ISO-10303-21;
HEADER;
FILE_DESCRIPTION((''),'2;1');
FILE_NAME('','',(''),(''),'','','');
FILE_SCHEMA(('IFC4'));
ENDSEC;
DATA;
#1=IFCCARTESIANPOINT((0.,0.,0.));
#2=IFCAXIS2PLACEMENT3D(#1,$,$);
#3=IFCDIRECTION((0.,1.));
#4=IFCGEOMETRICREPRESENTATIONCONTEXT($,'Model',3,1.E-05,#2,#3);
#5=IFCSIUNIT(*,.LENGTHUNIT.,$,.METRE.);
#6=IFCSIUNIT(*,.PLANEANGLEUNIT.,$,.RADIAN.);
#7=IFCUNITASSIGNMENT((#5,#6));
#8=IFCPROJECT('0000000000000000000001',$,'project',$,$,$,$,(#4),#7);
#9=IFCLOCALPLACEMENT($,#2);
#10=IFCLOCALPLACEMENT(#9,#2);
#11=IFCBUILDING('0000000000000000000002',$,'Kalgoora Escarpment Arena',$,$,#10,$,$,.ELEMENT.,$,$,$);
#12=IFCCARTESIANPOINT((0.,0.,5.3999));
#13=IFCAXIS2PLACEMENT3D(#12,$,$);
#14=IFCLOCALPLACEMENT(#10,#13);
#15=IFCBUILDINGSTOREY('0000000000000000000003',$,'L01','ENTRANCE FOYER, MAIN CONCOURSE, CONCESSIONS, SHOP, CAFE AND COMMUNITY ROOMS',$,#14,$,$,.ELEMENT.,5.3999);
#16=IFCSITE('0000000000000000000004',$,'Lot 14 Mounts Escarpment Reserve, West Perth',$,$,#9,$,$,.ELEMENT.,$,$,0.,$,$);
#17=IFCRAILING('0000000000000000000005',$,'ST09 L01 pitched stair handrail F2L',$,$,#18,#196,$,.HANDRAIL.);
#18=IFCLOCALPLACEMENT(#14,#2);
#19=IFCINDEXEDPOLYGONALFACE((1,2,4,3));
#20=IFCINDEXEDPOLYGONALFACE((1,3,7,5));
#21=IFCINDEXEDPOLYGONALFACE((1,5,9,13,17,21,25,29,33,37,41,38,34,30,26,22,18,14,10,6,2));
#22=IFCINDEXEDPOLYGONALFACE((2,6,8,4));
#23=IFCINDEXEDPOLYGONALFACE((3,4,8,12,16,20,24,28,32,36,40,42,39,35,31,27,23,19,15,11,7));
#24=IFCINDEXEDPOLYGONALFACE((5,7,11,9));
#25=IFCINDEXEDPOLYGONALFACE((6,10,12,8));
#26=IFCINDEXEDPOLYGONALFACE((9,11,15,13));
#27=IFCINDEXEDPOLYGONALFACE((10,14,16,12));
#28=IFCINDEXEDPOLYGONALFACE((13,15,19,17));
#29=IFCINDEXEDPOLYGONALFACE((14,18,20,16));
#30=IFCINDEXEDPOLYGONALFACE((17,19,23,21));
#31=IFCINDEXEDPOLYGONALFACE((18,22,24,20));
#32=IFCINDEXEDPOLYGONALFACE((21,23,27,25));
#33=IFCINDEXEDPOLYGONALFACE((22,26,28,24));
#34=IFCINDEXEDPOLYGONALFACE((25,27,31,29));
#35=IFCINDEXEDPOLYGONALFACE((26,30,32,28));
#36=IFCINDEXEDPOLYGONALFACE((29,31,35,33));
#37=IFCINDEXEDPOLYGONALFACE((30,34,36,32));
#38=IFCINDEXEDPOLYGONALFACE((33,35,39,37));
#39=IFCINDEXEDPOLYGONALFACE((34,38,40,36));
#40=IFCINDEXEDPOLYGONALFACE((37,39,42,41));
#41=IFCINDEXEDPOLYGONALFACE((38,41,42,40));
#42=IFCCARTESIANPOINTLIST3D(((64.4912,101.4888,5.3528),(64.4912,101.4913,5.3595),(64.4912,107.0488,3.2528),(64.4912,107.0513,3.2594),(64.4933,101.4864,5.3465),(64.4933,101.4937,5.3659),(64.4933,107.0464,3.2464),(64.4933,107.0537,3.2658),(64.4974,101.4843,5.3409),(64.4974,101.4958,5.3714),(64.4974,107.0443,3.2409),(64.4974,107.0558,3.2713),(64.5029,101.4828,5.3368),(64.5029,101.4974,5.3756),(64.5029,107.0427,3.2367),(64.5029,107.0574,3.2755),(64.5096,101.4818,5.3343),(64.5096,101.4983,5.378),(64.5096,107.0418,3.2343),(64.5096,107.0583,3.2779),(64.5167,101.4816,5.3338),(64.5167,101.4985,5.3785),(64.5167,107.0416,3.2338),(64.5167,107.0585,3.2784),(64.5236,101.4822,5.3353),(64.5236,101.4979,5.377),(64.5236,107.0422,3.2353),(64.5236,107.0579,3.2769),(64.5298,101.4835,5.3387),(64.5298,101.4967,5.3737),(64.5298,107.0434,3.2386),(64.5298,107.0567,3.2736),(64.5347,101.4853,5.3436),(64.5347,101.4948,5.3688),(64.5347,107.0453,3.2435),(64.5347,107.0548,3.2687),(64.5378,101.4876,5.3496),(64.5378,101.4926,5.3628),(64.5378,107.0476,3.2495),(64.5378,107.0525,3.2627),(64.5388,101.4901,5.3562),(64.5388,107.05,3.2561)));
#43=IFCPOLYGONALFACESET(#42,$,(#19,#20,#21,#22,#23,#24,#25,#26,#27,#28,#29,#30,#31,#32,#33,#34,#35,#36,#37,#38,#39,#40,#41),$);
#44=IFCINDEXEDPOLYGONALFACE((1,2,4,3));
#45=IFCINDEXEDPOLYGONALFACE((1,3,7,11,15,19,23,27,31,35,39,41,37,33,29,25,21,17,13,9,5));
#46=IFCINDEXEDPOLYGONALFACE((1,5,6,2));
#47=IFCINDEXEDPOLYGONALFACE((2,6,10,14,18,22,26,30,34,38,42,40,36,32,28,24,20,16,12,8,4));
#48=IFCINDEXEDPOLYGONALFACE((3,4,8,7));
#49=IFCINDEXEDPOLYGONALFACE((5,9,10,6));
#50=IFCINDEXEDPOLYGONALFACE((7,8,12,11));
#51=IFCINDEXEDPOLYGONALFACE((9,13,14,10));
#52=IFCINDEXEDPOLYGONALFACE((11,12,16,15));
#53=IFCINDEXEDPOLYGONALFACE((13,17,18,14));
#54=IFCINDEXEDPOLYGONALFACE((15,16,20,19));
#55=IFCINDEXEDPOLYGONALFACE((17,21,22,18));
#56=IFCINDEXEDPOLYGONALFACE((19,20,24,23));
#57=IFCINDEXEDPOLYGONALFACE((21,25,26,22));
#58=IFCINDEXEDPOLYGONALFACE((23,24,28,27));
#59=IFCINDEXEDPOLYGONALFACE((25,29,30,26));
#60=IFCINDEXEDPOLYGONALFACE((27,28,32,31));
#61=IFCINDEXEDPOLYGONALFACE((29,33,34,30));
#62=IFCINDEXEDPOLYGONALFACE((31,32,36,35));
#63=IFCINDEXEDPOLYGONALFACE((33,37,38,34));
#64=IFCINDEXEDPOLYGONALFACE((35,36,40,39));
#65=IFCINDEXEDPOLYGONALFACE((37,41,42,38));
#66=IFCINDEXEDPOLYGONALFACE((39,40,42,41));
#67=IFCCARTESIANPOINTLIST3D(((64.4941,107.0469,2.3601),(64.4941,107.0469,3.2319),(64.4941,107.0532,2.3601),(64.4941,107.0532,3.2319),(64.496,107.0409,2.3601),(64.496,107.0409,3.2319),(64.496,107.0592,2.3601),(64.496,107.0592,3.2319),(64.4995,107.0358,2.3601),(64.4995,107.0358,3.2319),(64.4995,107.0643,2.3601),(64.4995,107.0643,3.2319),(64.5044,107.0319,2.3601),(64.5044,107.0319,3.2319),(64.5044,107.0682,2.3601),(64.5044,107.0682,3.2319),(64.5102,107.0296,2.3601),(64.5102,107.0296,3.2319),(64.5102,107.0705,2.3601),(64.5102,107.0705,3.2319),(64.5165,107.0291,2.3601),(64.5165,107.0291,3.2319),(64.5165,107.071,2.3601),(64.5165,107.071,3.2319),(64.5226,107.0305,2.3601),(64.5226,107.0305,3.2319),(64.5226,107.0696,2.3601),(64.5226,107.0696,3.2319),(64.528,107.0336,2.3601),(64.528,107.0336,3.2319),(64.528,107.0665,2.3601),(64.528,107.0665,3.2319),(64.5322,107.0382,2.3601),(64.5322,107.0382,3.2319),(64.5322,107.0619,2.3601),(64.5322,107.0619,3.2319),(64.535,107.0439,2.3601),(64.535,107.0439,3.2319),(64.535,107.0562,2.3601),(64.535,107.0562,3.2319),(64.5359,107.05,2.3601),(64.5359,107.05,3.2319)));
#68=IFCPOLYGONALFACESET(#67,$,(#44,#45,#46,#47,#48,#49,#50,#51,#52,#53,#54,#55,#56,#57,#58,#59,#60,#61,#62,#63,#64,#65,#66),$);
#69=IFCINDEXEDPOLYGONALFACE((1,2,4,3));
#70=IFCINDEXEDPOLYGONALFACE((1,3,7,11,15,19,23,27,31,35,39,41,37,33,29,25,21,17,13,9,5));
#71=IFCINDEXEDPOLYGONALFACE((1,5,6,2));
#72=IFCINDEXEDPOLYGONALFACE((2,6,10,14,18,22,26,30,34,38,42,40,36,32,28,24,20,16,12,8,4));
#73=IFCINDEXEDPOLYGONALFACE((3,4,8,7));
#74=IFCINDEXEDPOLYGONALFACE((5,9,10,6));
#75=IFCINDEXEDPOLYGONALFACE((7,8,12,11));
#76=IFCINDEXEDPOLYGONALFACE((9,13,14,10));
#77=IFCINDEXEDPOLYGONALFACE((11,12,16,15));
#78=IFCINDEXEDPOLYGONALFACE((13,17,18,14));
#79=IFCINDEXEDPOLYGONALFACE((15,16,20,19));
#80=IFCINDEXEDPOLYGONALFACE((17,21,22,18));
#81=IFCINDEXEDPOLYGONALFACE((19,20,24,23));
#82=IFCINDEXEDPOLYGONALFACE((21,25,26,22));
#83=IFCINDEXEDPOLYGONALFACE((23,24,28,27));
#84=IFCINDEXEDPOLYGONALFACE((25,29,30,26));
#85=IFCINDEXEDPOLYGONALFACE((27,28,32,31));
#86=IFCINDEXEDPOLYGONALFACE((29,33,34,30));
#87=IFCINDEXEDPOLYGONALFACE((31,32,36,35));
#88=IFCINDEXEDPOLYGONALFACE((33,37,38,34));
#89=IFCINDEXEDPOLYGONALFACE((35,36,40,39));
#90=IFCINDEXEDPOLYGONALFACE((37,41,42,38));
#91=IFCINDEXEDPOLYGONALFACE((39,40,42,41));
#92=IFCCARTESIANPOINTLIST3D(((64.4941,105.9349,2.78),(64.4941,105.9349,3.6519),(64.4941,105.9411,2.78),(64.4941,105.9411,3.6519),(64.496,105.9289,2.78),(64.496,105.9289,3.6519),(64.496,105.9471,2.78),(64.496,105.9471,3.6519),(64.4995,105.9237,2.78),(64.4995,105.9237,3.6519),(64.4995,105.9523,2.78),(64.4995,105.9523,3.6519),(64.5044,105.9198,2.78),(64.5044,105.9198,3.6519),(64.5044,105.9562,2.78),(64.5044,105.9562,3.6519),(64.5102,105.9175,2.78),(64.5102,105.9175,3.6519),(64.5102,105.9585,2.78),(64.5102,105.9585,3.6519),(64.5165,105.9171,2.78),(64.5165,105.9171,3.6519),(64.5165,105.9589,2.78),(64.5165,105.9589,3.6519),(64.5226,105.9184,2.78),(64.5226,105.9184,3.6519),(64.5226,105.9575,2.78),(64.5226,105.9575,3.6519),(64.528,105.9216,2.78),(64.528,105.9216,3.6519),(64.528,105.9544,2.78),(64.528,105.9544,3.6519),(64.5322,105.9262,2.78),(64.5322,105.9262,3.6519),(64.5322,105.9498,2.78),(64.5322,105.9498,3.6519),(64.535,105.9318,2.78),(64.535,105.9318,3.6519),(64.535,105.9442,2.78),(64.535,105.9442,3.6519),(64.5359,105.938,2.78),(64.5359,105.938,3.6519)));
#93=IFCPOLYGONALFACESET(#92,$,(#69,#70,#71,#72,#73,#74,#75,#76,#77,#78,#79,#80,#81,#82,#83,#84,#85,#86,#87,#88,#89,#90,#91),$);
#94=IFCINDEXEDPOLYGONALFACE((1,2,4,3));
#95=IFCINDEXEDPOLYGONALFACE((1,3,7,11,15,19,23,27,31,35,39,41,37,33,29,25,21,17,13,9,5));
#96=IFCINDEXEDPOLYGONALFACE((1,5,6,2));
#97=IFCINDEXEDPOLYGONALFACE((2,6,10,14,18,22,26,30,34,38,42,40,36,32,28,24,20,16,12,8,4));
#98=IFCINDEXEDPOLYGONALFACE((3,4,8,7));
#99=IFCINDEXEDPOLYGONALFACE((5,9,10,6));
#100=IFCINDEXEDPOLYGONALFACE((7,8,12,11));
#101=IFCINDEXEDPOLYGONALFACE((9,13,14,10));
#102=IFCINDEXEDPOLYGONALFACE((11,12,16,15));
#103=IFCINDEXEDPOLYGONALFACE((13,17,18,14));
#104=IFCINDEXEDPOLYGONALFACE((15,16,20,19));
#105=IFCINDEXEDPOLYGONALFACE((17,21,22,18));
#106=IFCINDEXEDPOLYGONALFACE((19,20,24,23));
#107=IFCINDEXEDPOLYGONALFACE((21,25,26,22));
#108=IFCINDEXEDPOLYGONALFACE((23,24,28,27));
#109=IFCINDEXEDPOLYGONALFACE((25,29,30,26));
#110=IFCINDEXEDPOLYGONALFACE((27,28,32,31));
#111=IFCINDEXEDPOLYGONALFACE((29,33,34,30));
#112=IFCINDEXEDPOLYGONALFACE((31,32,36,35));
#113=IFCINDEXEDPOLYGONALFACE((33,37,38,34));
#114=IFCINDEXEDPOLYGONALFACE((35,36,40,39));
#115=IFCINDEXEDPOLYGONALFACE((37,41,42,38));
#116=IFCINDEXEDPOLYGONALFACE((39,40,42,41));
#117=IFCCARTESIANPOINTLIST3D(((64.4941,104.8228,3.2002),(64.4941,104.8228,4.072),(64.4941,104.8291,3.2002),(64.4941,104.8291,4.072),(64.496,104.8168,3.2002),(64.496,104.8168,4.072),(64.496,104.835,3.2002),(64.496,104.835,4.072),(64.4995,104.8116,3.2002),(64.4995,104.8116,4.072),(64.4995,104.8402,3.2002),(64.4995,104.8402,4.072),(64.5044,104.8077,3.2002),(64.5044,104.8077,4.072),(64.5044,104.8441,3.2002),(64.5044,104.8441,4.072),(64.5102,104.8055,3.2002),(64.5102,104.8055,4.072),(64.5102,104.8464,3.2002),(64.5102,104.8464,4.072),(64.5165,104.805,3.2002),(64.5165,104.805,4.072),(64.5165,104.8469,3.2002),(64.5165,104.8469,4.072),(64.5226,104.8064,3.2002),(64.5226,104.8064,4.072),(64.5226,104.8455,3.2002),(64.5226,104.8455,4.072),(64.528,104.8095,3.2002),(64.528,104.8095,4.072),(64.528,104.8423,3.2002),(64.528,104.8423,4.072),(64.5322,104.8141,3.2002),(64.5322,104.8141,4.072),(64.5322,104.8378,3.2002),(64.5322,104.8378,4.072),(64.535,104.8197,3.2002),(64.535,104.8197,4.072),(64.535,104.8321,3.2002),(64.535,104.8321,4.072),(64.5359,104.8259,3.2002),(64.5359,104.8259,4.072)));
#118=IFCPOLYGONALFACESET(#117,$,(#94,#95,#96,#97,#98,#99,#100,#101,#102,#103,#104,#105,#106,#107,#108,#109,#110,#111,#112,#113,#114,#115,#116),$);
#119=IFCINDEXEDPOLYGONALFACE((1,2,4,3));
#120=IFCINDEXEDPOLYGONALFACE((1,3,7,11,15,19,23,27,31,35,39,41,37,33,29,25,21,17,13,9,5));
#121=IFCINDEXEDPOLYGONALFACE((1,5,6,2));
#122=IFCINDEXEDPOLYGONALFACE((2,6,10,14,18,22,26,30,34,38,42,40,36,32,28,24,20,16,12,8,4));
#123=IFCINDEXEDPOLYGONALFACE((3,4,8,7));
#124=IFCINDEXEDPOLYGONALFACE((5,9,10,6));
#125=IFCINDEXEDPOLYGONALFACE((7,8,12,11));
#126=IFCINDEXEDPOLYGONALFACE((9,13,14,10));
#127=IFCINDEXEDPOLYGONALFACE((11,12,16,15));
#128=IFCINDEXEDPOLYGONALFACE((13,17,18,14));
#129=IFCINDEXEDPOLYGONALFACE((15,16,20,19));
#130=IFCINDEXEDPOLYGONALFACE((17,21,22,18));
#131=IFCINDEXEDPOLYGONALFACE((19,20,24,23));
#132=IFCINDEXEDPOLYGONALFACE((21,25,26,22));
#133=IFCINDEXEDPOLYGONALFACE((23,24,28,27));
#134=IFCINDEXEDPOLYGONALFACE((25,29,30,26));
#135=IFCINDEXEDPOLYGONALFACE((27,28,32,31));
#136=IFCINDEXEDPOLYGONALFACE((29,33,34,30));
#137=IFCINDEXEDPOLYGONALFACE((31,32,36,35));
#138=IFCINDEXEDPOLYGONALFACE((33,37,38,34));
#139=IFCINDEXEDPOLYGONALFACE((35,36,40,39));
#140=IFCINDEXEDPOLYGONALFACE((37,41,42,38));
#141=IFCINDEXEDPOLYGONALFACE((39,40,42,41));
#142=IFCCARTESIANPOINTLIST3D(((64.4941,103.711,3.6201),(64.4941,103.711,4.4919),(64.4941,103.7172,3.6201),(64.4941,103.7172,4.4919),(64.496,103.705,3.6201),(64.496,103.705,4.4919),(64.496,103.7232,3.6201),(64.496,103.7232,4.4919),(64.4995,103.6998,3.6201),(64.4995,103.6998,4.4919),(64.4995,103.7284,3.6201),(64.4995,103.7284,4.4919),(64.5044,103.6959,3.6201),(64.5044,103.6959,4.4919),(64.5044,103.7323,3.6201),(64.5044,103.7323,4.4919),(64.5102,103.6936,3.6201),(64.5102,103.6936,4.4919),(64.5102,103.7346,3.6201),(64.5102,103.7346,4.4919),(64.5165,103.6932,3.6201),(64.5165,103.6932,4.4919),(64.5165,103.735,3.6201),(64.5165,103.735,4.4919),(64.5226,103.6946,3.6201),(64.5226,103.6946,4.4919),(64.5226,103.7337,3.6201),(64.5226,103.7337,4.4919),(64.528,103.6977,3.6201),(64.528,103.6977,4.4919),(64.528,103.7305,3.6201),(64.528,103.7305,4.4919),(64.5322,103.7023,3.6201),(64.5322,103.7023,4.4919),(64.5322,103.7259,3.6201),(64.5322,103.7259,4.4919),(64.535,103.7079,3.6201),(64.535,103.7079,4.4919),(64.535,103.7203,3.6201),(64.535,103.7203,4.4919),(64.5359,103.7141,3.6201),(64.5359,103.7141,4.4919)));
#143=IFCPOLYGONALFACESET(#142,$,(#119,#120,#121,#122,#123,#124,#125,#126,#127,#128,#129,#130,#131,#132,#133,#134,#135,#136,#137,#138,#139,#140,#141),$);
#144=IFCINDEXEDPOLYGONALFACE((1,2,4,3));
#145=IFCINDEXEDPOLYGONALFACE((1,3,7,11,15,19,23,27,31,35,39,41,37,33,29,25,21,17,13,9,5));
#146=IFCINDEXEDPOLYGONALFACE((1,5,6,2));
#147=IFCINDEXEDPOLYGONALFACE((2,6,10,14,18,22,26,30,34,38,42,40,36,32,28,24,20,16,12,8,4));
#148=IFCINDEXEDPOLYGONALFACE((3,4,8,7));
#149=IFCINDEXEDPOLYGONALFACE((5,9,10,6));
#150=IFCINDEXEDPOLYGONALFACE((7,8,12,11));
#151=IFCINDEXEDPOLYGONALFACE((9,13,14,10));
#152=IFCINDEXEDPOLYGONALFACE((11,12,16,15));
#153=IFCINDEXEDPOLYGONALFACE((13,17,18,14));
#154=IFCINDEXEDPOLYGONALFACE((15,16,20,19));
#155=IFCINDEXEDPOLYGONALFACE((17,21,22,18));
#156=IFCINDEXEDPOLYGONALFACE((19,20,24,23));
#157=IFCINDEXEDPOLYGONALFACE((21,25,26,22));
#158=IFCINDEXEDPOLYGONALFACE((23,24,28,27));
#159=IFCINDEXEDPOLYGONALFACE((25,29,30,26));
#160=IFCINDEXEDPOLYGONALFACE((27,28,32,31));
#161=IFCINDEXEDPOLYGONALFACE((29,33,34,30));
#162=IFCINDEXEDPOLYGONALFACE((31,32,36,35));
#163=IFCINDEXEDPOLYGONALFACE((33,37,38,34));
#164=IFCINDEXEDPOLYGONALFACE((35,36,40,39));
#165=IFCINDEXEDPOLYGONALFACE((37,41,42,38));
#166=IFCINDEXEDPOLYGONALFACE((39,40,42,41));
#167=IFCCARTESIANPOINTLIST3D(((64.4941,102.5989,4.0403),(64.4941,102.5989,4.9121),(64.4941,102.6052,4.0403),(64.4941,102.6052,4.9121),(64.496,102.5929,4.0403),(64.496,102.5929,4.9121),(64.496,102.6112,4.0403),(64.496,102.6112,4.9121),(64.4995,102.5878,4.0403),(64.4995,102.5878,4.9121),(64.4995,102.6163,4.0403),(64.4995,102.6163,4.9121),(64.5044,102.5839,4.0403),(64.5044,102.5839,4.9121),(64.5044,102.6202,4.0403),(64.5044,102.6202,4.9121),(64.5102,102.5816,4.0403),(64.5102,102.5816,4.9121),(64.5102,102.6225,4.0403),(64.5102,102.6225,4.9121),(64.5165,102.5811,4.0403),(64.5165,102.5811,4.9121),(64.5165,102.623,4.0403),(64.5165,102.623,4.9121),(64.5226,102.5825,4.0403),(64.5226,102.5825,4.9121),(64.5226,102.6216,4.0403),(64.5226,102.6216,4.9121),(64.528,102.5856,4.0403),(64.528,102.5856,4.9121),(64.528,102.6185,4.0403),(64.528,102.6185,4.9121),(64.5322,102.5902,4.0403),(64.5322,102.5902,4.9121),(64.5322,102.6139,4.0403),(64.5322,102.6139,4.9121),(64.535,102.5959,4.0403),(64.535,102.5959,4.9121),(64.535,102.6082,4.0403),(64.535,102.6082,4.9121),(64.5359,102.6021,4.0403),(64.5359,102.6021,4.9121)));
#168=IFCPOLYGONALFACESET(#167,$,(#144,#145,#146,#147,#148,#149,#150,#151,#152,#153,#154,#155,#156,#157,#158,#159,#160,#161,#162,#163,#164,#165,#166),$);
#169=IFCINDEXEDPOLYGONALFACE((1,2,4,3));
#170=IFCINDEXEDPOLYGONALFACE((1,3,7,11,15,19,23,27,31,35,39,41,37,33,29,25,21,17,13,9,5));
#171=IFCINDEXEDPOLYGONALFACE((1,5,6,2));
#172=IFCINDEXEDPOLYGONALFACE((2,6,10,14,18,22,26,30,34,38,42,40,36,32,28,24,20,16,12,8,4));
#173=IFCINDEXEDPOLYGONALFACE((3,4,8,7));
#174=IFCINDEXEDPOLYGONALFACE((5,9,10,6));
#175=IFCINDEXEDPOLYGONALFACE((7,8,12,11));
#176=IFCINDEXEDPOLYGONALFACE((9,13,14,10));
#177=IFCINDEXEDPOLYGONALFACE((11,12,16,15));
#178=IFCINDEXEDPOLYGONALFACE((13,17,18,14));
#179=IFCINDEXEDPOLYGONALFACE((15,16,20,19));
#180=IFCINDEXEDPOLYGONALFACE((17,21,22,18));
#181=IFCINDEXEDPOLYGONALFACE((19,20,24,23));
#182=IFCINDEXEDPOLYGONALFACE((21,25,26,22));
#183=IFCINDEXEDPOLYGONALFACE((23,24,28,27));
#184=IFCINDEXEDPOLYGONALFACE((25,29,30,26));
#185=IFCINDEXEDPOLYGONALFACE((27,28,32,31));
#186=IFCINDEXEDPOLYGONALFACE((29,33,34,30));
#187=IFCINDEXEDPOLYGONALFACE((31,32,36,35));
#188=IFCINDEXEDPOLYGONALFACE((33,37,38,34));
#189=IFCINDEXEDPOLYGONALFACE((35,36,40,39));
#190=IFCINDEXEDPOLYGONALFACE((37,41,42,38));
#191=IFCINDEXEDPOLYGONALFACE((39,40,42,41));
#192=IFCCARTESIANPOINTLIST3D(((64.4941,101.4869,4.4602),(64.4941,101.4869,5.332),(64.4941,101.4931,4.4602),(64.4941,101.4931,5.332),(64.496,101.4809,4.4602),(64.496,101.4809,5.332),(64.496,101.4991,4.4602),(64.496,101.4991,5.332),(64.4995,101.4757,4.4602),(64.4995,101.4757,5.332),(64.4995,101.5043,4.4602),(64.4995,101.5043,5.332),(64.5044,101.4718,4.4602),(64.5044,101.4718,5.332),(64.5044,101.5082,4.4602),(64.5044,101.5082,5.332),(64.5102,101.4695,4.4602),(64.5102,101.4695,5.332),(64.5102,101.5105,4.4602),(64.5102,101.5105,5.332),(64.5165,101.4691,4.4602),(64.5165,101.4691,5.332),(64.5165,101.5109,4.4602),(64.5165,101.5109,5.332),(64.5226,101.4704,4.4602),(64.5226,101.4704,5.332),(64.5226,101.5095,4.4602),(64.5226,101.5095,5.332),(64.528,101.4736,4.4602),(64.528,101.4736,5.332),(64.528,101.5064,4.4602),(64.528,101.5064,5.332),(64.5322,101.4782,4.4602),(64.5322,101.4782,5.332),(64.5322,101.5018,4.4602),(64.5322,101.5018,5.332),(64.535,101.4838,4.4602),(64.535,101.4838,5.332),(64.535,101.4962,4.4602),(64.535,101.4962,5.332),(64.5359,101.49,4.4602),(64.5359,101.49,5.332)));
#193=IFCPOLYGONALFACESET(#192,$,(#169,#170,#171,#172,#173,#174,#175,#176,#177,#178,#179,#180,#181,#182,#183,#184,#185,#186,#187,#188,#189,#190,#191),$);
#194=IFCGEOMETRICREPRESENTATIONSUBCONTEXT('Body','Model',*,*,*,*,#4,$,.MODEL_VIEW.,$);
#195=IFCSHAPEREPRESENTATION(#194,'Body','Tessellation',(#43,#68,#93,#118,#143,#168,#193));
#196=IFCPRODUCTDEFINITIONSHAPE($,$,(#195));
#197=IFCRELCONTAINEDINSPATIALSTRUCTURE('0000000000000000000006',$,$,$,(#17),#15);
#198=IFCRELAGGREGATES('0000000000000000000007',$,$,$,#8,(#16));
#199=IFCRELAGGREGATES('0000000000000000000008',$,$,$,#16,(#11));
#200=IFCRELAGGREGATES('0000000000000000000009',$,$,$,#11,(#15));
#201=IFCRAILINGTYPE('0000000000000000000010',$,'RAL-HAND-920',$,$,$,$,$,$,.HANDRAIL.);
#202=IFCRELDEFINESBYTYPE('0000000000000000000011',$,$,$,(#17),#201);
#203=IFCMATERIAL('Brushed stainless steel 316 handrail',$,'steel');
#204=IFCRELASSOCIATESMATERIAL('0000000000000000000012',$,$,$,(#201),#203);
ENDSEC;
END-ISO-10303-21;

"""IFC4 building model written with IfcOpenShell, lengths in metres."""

from ifc_helpers import new_model, si_unit, direction, frame, origin, origin_2d, place, context, subcontext, project, spatial, circle, extrude, material, type_object, element, save


model = new_model("IFC4")

# Units and contexts
model_context = context("Model", 3, precision=1e-05, world=origin(), true_north=direction((0.0, 1.0)))
body_context = subcontext(model_context, "Body", "Model", "MODEL_VIEW")
ifc_project = project(units=[si_unit("LENGTHUNIT", "METRE"), si_unit("PLANEANGLEUNIT", "RADIAN")], contexts=[model_context])

# Site, building, storey
site_placement = place(None, origin())
site = spatial("IfcSite", under=ifc_project, at=site_placement, Name="Lot 14 Mounts Escarpment Reserve, West Perth", CompositionType="ELEMENT", RefElevation=0.0)
building_placement = place(site_placement, origin())
building = spatial("IfcBuilding", under=site, at=building_placement, Name="Kalgoora Escarpment Arena", CompositionType="ELEMENT")
storey_placement = place(building_placement, frame((0.0, 0.0, 5.3999)))
storey = spatial("IfcBuildingStorey", under=building, at=storey_placement, Name="L01", Description="ENTRANCE FOYER, MAIN CONCOURSE, CONCESSIONS, SHOP, CAFE AND COMMUNITY ROOMS", CompositionType="ELEMENT", Elevation=5.3999)

# Railing
ifc_material_1 = material(Name="Brushed stainless steel 316 handrail", Category="steel")
railing_type_1 = type_object("IfcRailingType", Name="RAL-HAND-920", PredefinedType="HANDRAIL", material=ifc_material_1)
railing_1_placement = place(storey_placement, frame((64.5149, 107.05, 2.3601)))
element("IfcRailing", 1, at=railing_1_placement, inside=storey, type_object=railing_type_1, Name="ST09 L01 pitched stair handrail F2L", PredefinedType="HANDRAIL", context=body_context, shape_type="SweptSolid", body=[
    extrude(circle(Radius=0.0239, at=origin_2d()), frame((0.0, 0.0, 0.896), z_axis=(0.0, -0.935493, 0.353346), x_axis=(1.0, 0.0, 0.0)), (0.0, 0.0, 1.0), 5.9434),
    extrude(circle(Radius=0.021, at=origin_2d()), origin(), (0.0, 0.0, 1.0), 0.8718),
    extrude(circle(Radius=0.021, at=origin_2d()), frame((0.0, -1.1121, 0.4199)), (0.0, 0.0, 1.0), 0.8718),
    extrude(circle(Radius=0.021, at=origin_2d()), frame((0.0, -2.2241, 0.8401)), (0.0, 0.0, 1.0), 0.8718),
    extrude(circle(Radius=0.021, at=origin_2d()), frame((0.0, -3.3359, 1.26)), (0.0, 0.0, 1.0), 0.8718),
    extrude(circle(Radius=0.021, at=origin_2d()), frame((0.0, -4.448, 1.6802)), (0.0, 0.0, 1.0), 0.8718),
    extrude(circle(Radius=0.021, at=origin_2d()), frame((0.0, -5.5601, 2.1001)), (0.0, 0.0, 1.0), 0.8718),
])

save(model, "model.ifc")
